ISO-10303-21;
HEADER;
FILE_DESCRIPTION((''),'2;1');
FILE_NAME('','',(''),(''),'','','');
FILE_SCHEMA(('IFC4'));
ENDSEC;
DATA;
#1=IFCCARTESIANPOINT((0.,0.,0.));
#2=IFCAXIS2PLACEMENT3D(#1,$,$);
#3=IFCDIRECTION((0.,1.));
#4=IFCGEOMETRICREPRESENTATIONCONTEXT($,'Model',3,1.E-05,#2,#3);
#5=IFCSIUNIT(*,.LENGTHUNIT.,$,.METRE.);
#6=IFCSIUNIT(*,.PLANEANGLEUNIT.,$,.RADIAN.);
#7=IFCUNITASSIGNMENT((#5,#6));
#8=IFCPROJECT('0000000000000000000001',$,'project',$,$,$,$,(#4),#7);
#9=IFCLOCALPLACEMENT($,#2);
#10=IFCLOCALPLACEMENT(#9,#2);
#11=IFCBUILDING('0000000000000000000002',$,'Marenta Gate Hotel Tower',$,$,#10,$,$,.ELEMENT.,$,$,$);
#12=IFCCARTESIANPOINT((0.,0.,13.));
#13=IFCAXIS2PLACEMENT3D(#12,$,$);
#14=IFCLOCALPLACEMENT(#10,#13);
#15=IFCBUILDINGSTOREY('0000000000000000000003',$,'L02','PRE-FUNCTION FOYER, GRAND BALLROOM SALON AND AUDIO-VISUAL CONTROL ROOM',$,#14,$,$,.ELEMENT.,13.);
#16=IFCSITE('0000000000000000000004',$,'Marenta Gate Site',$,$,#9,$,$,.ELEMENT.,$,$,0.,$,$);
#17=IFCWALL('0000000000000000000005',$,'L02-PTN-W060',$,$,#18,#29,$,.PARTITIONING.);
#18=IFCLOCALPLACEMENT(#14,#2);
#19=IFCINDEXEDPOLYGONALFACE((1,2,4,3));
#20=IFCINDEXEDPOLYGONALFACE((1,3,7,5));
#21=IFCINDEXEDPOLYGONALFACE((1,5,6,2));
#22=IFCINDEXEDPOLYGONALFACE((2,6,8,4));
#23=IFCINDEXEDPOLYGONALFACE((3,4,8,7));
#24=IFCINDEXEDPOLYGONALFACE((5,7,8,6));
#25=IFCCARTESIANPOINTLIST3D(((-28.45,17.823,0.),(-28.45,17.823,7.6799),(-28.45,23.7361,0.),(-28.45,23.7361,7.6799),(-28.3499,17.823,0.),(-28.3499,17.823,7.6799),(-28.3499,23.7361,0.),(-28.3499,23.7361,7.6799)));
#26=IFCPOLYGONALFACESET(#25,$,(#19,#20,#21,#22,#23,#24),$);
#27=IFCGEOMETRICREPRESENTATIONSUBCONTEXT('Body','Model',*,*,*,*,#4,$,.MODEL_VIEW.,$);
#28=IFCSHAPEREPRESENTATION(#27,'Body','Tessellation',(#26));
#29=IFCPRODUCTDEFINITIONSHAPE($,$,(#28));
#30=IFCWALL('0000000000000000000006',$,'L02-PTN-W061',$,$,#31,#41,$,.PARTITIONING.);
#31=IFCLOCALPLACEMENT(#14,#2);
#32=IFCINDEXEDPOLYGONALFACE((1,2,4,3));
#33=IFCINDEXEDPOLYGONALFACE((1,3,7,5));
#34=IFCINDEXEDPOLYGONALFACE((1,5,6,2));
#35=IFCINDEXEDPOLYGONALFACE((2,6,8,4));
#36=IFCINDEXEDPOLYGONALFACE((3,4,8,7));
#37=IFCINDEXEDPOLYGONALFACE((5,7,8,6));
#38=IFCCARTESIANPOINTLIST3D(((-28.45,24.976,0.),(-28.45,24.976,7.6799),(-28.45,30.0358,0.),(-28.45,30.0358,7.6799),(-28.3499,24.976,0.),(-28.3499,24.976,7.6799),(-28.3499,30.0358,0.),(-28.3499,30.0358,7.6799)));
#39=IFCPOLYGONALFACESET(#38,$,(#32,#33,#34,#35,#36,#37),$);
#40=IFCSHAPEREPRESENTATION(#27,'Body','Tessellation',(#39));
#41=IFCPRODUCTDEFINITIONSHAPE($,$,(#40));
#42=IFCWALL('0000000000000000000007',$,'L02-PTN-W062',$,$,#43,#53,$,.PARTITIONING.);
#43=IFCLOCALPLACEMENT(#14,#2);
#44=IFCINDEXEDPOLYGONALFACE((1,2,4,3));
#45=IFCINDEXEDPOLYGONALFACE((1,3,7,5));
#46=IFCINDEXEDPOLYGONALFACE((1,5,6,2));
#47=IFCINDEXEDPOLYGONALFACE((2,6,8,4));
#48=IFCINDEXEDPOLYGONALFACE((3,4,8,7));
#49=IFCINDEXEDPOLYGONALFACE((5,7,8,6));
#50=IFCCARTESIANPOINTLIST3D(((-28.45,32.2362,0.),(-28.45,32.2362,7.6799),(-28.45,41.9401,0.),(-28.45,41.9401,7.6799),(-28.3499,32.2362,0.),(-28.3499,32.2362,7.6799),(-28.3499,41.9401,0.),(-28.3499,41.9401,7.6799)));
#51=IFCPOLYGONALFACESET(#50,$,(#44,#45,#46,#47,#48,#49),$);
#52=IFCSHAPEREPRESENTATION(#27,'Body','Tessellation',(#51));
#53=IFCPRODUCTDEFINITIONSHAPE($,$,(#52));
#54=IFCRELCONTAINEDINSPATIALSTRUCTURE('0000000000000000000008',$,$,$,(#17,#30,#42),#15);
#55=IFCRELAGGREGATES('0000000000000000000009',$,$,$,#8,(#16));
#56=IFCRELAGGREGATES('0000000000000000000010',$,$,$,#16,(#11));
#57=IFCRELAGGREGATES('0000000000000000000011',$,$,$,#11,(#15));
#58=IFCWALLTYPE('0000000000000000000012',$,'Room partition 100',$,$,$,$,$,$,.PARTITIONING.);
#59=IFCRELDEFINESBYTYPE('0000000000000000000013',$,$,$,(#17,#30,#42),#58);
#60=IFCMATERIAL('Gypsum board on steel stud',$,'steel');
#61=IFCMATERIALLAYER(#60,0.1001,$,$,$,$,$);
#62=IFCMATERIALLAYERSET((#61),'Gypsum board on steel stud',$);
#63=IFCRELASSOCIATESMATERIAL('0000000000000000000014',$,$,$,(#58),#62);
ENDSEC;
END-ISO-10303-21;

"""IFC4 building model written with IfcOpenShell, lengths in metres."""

from ifc_helpers import new_model, si_unit, direction, frame, frame_2d, origin, place, context, subcontext, project, spatial, rectangle, extrude, material, layer, layer_set, type_object, element, save


model = new_model("IFC4")

# Units and contexts
model_context = context("Model", 3, precision=1e-05, world=origin(), true_north=direction((0.0, 1.0)))
body_context = subcontext(model_context, "Body", "Model", "MODEL_VIEW")
ifc_project = project(units=[si_unit("LENGTHUNIT", "METRE"), si_unit("PLANEANGLEUNIT", "RADIAN")], contexts=[model_context])

# Site, building, storey
site_placement = place(None, origin())
site = spatial("IfcSite", under=ifc_project, at=site_placement, Name="Marenta Gate Site", CompositionType="ELEMENT", RefElevation=0.0)
building_placement = place(site_placement, origin())
building = spatial("IfcBuilding", under=site, at=building_placement, Name="Marenta Gate Hotel Tower", CompositionType="ELEMENT")
storey_placement = place(building_placement, frame((0.0, 0.0, 13.0)))
storey = spatial("IfcBuildingStorey", under=building, at=storey_placement, Name="L02", Description="PRE-FUNCTION FOYER, GRAND BALLROOM SALON AND AUDIO-VISUAL CONTROL ROOM", CompositionType="ELEMENT", Elevation=13.0)

# Walls
ifc_material_1 = material(Name="Gypsum board on steel stud", Category="steel")
ifc_layer_1 = layer(ifc_material_1, 0.1001)
ifc_layer_set_1 = layer_set([ifc_layer_1], Name="Gypsum board on steel stud")
wall_type_1 = type_object("IfcWallType", Name="Room partition 100", PredefinedType="PARTITIONING", material=ifc_layer_set_1)
wall_1_placement = place(storey_placement, frame((-28.3999, 17.823, 0.0), z_axis=(0.0, 0.0, 1.0), x_axis=(0.0, 1.0, 0.0)))
element("IfcWall", 1, at=wall_1_placement, inside=storey, type_object=wall_type_1, Name="L02-PTN-W060", PredefinedType="PARTITIONING", context=body_context, shape_type="SweptSolid", body=[
    extrude(rectangle(XDim=5.9131, YDim=0.1001, at=frame_2d((2.9565, 0.0))), origin(), (0.0, 0.0, 1.0), 7.6799),
])
wall_2_placement = place(storey_placement, frame((-28.3999, 24.9761, 0.0), z_axis=(0.0, 0.0, 1.0), x_axis=(0.0, 1.0, 0.0)))
element("IfcWall", 2, at=wall_2_placement, inside=storey, type_object=wall_type_1, Name="L02-PTN-W061", PredefinedType="PARTITIONING", context=body_context, shape_type="SweptSolid", body=[
    extrude(rectangle(XDim=5.0598, YDim=0.1001, at=frame_2d((2.5298, 0.0))), origin(), (0.0, 0.0, 1.0), 7.6799),
])
wall_3_placement = place(storey_placement, frame((-28.3999, 32.2361, 0.0), z_axis=(0.0, 0.0, 1.0), x_axis=(0.0, 1.0, 0.0)))
element("IfcWall", 3, at=wall_3_placement, inside=storey, type_object=wall_type_1, Name="L02-PTN-W062", PredefinedType="PARTITIONING", context=body_context, shape_type="SweptSolid", body=[
    extrude(rectangle(XDim=9.7039, YDim=0.1001, at=frame_2d((4.8521, 0.0))), origin(), (0.0, 0.0, 1.0), 7.6799),
])

save(model, "model.ifc")
